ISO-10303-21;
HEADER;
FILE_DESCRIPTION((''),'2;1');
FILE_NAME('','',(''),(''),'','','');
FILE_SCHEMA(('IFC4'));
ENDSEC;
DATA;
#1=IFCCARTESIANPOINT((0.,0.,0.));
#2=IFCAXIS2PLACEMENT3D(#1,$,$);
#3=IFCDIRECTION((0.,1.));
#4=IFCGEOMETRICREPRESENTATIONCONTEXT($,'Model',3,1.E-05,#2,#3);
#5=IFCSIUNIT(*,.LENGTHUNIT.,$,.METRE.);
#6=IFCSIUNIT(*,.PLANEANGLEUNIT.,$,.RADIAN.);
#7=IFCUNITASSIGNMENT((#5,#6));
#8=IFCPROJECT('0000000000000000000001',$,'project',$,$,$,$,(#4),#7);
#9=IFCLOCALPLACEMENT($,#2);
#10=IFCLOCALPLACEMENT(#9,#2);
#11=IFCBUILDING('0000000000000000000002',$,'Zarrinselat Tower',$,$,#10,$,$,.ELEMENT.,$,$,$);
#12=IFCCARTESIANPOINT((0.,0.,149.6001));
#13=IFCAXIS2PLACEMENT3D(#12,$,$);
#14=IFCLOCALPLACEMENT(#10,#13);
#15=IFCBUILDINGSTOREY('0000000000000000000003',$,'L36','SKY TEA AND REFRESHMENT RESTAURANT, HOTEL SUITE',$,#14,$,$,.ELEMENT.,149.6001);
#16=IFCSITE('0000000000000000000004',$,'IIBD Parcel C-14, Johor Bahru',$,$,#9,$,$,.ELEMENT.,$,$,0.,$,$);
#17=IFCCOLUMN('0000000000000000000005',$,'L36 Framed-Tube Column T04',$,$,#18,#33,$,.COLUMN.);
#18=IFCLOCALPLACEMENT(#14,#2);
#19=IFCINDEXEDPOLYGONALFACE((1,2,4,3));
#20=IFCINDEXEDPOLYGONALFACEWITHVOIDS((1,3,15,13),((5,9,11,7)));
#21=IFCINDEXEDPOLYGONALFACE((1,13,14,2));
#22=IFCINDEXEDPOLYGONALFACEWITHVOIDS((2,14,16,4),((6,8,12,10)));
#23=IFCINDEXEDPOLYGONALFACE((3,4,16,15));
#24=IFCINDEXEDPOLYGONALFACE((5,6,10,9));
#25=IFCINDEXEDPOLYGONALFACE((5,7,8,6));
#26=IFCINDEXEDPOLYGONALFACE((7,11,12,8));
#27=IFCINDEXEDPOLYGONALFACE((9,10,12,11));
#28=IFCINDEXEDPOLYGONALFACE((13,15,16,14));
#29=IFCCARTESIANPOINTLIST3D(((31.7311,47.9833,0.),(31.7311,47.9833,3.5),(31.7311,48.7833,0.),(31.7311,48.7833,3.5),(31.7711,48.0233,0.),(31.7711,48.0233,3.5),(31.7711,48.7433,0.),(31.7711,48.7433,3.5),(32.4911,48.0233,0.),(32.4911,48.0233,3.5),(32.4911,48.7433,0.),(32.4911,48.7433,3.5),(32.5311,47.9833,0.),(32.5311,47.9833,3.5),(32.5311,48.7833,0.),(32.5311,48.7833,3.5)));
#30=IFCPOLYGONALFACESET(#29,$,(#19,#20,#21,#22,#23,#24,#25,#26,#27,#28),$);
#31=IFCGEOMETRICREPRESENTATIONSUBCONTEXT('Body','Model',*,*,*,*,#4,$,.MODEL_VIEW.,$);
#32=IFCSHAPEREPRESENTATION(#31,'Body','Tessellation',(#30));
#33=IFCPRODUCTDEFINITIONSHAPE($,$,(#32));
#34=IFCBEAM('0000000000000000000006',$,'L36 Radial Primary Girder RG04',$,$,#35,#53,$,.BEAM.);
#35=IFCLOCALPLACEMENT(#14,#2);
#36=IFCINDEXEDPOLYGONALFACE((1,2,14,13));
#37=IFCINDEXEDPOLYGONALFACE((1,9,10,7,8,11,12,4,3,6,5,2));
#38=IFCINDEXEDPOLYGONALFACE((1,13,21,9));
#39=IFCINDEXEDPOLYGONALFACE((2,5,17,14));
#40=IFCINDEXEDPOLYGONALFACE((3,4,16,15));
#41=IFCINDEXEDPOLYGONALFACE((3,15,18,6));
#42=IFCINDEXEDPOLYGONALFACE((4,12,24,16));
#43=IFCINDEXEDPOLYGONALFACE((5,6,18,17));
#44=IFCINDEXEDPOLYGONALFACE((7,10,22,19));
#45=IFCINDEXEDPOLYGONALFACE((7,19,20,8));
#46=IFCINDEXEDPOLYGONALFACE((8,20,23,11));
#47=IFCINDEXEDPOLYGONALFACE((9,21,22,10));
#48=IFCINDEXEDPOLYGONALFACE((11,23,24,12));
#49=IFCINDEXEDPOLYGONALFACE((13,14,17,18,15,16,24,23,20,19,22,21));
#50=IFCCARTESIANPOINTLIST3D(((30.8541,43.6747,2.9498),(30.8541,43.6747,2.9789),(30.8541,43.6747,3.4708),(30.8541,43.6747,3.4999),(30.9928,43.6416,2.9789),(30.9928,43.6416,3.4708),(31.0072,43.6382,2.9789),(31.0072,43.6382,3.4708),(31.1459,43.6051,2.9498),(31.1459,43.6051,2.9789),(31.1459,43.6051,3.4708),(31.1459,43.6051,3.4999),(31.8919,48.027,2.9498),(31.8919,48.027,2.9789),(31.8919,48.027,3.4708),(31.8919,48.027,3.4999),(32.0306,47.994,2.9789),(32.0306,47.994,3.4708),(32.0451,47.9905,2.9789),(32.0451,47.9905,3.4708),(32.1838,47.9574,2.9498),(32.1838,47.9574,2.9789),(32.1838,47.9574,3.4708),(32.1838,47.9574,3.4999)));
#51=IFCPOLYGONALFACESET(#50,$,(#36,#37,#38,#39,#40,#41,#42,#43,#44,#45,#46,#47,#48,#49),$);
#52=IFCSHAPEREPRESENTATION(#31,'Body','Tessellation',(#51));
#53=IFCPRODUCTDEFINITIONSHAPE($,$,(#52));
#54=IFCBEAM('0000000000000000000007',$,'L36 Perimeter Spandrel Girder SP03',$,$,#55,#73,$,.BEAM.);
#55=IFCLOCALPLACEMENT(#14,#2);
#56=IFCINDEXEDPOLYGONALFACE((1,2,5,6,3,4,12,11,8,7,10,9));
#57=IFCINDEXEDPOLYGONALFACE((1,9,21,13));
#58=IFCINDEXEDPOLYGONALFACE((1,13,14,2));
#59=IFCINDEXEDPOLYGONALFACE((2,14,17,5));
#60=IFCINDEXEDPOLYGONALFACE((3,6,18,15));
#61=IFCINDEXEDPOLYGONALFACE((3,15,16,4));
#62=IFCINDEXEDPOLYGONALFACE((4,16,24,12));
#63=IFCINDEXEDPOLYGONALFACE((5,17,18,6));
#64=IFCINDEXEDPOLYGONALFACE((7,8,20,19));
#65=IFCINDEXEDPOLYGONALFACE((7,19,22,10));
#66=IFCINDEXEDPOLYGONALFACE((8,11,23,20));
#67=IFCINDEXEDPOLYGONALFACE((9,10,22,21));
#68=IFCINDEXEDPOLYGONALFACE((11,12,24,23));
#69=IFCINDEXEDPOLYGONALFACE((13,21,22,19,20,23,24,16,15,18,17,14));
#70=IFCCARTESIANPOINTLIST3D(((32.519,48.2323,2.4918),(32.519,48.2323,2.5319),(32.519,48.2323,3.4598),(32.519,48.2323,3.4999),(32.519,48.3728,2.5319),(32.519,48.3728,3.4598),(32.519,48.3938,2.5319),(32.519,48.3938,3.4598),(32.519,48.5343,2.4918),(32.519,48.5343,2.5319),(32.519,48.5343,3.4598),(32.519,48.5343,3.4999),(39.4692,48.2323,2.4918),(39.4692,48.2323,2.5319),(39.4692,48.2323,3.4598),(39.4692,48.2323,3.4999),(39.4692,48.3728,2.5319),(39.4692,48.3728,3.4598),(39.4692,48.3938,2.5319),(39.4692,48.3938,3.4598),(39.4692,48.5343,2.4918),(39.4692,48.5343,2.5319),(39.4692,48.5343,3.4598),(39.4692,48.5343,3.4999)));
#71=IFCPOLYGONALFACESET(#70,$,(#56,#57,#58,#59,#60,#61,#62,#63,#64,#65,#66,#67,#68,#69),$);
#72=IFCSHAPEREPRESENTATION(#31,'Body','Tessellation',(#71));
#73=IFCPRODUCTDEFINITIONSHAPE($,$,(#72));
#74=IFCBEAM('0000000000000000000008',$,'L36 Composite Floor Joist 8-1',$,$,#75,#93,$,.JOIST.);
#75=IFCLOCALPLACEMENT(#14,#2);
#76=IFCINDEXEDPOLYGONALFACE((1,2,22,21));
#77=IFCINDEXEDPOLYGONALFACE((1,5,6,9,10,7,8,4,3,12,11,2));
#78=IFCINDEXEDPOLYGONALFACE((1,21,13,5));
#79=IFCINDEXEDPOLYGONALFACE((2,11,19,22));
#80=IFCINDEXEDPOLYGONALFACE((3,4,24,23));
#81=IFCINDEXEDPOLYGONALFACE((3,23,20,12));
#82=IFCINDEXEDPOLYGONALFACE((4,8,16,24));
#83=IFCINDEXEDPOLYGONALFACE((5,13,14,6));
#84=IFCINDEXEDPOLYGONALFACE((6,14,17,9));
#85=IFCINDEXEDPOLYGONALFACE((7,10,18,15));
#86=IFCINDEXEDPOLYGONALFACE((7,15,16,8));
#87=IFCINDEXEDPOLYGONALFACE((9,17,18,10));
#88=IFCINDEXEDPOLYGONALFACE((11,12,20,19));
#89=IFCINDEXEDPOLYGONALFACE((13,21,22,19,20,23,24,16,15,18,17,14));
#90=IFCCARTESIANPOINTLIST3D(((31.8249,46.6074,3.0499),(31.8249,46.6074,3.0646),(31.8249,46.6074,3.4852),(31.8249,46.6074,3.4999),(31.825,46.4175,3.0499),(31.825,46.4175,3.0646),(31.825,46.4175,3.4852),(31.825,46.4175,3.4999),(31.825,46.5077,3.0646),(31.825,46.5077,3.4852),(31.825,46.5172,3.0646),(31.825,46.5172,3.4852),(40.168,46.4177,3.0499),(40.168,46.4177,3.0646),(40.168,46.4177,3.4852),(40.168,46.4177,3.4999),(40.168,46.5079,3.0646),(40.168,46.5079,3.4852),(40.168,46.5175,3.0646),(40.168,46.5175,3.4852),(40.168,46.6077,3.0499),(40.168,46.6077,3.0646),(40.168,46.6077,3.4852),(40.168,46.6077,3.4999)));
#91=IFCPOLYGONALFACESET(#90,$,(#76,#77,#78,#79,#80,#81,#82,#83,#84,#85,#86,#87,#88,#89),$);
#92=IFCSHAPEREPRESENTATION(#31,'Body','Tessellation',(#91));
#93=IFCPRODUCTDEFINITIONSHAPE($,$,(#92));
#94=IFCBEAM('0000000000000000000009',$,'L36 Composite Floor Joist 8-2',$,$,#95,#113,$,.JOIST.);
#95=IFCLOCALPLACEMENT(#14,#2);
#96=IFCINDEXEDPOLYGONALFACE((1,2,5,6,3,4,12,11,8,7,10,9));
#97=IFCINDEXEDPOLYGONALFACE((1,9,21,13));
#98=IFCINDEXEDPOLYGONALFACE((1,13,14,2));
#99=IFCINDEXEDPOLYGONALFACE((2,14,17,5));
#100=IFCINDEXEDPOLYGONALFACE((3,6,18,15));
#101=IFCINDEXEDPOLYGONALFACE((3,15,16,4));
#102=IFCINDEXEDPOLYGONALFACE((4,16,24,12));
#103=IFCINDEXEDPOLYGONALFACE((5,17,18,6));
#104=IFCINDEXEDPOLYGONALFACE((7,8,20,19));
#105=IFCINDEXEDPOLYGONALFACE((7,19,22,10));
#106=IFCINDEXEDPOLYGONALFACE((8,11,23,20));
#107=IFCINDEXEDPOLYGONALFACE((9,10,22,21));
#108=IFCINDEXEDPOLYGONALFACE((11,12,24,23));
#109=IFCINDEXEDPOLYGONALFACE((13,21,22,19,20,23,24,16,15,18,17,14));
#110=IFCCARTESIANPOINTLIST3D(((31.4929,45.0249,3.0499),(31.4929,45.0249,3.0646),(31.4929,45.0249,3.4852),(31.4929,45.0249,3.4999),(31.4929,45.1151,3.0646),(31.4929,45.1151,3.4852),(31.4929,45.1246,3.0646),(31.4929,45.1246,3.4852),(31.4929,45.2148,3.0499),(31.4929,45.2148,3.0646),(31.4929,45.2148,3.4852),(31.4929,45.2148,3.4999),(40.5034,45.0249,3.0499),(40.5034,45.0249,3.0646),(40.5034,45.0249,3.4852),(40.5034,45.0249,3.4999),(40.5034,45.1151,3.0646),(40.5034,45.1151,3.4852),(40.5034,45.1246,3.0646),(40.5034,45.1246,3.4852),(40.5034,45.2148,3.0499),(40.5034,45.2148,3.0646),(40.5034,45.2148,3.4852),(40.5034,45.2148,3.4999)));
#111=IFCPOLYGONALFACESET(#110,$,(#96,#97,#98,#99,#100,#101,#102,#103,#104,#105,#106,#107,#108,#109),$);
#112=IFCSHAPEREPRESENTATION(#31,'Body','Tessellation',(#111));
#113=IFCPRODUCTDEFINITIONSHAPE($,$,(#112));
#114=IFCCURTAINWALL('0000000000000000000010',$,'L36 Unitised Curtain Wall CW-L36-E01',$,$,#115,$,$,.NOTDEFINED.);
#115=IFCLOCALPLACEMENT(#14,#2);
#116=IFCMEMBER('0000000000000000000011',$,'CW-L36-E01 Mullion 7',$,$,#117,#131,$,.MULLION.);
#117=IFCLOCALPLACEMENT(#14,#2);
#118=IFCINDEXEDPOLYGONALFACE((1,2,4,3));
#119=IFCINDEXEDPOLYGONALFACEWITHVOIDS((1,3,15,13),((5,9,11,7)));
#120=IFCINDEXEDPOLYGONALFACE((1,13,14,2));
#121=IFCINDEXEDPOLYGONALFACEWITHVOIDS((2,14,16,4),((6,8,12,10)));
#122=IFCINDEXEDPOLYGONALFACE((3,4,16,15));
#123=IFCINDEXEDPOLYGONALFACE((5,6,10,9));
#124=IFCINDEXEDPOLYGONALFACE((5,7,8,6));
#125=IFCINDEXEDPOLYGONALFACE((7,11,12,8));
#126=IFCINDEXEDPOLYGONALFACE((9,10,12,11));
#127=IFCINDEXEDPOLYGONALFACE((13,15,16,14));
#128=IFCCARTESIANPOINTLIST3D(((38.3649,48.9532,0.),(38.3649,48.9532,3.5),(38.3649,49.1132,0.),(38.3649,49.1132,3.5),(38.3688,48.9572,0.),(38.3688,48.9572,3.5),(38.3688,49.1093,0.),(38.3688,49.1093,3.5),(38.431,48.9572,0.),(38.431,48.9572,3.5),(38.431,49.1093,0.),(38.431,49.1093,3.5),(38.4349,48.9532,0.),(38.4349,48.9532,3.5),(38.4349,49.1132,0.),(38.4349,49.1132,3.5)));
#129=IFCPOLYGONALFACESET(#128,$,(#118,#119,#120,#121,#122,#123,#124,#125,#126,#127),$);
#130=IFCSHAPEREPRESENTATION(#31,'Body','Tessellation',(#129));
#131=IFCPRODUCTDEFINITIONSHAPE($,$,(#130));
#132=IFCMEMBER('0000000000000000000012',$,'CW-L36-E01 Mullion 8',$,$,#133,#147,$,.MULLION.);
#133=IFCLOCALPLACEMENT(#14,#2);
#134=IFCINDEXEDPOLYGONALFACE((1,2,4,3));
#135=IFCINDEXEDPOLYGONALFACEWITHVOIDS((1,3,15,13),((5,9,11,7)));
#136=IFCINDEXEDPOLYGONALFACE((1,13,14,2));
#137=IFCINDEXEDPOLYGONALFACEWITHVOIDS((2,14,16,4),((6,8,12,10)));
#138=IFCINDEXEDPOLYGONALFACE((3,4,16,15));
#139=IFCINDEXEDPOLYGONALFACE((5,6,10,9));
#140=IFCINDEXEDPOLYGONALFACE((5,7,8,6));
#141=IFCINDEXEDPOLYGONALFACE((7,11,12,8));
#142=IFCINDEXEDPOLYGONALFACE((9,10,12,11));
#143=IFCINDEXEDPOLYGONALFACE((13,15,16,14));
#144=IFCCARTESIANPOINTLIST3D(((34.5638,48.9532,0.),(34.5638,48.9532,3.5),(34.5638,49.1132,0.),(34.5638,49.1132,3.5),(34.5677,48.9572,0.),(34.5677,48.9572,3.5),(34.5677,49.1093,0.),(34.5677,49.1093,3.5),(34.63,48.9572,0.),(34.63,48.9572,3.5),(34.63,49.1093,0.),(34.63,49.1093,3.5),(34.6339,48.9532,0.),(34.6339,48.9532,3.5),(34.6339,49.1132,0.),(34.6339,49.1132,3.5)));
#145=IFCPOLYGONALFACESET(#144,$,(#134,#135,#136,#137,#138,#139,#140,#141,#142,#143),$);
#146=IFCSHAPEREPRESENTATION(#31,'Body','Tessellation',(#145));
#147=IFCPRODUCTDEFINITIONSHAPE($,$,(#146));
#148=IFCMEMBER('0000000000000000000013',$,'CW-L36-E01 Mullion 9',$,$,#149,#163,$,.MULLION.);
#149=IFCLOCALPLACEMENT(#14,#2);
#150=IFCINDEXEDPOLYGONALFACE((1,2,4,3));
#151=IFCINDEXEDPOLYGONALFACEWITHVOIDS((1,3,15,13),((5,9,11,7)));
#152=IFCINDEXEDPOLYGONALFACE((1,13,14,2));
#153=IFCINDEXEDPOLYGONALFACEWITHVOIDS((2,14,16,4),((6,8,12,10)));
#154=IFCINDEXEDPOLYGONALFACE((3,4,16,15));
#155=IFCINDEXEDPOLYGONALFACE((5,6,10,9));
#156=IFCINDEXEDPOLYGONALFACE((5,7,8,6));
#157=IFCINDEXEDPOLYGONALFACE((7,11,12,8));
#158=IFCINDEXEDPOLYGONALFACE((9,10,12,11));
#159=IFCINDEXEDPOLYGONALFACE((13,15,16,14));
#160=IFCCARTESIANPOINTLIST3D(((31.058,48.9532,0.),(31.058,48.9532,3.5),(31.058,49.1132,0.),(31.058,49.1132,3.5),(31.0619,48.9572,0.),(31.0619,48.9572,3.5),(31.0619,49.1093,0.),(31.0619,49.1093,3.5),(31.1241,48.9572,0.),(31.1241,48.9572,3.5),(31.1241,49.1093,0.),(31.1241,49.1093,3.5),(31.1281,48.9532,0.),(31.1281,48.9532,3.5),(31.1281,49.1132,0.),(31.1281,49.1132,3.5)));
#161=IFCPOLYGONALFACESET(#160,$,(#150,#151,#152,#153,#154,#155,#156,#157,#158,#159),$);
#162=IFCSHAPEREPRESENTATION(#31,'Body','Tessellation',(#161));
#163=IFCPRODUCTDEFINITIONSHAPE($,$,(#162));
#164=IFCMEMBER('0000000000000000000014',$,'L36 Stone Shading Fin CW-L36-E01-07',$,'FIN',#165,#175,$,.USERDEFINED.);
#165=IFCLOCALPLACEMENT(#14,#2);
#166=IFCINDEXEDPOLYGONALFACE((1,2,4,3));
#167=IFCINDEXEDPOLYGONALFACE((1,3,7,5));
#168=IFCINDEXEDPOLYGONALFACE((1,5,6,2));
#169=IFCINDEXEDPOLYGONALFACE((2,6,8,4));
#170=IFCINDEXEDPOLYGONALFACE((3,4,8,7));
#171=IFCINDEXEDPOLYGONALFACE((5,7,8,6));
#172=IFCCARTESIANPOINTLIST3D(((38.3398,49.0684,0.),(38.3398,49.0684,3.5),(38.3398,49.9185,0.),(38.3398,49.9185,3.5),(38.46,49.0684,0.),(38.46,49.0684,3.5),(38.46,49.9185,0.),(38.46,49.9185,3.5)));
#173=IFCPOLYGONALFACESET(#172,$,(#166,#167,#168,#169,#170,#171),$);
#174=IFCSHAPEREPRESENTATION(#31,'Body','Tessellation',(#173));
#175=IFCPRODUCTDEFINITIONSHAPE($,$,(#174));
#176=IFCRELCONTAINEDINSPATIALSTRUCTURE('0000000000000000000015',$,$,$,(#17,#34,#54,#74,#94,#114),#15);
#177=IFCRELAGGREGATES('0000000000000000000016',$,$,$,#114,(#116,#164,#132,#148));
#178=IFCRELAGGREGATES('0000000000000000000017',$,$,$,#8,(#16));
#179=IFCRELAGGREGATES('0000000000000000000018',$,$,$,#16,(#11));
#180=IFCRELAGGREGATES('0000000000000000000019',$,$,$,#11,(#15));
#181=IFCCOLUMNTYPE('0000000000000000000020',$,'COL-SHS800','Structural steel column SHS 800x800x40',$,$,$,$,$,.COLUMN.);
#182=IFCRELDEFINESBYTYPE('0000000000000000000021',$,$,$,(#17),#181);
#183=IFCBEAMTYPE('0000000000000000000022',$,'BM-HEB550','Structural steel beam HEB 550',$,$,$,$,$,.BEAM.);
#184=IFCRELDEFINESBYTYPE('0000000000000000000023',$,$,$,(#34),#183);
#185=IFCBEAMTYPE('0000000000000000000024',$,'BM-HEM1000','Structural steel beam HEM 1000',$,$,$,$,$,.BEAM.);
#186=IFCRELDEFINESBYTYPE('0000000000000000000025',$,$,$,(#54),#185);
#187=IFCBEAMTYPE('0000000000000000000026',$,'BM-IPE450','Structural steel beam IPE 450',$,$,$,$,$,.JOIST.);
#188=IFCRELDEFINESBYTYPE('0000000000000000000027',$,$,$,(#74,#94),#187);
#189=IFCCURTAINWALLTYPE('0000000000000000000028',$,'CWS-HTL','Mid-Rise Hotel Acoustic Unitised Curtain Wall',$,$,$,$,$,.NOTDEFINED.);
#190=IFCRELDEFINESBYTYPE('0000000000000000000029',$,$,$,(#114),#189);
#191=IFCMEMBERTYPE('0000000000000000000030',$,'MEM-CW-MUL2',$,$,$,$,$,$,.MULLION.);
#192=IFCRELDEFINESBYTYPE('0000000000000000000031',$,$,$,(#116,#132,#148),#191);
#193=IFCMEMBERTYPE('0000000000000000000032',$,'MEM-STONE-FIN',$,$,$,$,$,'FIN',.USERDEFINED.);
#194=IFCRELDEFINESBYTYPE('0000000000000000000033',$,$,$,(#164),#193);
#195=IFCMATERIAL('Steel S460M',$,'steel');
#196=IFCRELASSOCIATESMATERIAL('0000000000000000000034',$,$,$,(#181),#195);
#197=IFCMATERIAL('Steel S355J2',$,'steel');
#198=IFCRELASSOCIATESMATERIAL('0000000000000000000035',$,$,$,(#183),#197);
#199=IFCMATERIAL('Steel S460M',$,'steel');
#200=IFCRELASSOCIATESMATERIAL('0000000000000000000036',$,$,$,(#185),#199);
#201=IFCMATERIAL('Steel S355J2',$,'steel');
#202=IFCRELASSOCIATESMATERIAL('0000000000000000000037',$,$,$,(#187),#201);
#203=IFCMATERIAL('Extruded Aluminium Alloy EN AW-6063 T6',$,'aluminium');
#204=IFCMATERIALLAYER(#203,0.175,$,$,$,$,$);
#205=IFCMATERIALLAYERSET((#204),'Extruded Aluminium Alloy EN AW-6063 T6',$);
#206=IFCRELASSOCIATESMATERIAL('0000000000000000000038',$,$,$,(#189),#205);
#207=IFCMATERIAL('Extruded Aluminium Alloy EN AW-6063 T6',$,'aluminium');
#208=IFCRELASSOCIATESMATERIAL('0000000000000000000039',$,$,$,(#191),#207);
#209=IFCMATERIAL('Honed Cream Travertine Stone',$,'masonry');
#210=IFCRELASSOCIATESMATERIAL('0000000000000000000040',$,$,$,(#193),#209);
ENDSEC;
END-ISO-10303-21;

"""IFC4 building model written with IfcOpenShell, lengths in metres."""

from ifc_helpers import new_model, si_unit, direction, frame, origin, origin_2d, place, context, subcontext, project, spatial, rectangle, hollow_rectangle, i_section, extrude, material, layer, layer_set, material_profile, profile_set, type_object, element, aggregate, save


model = new_model("IFC4")

# Units and contexts
model_context = context("Model", 3, precision=1e-05, world=origin(), true_north=direction((0.0, 1.0)))
body_context = subcontext(model_context, "Body", "Model", "MODEL_VIEW")
ifc_project = project(units=[si_unit("LENGTHUNIT", "METRE"), si_unit("PLANEANGLEUNIT", "RADIAN")], contexts=[model_context])

# Site, building, storey
site_placement = place(None, origin())
site = spatial("IfcSite", under=ifc_project, at=site_placement, Name="IIBD Parcel C-14, Johor Bahru", CompositionType="ELEMENT", RefElevation=0.0)
building_placement = place(site_placement, origin())
building = spatial("IfcBuilding", under=site, at=building_placement, Name="Zarrinselat Tower", CompositionType="ELEMENT")
storey_placement = place(building_placement, frame((0.0, 0.0, 149.6001)))
storey = spatial("IfcBuildingStorey", under=building, at=storey_placement, Name="L36", Description="SKY TEA AND REFRESHMENT RESTAURANT, HOTEL SUITE", CompositionType="ELEMENT", Elevation=149.6001)

# Column
ifc_material_1 = material(Name="Steel S460M", Category="steel")
ifc_material_profile_1 = material_profile(ifc_material_1, hollow_rectangle(XDim=0.8, YDim=0.8, WallThickness=0.04, at=origin_2d()), Name="SHS 800x800x40")
ifc_profile_set_1 = profile_set([ifc_material_profile_1], Name="Steel S460M")
column_type = type_object("IfcColumnType", Name="COL-SHS800", Description="Structural steel column SHS 800x800x40", PredefinedType="COLUMN", material=ifc_profile_set_1)
column_placement = place(storey_placement, frame((32.1311, 48.3833, 0.0), z_axis=(0.0, 0.0, 1.0), x_axis=(1.0, 0.0, 0.0)))
element("IfcColumn", 1, at=column_placement, inside=storey, type_object=column_type, Name="L36 Framed-Tube Column T04", PredefinedType="COLUMN", context=body_context, shape_type="SweptSolid", body=[
    extrude(hollow_rectangle(XDim=0.8, YDim=0.8, WallThickness=0.04, at=origin_2d()), origin(), (0.0, 0.0, 1.0), 3.5),
])

# Beams
ifc_material_2 = material(Name="Steel S355J2", Category="steel")
ifc_material_profile_2 = material_profile(ifc_material_2, i_section(OverallWidth=0.3, OverallDepth=0.55, WebThickness=0.0149, FlangeThickness=0.0291, at=origin_2d()), Name="HEB 550")
ifc_profile_set_2 = profile_set([ifc_material_profile_2], Name="Steel S355J2")
beam_type_1 = type_object("IfcBeamType", Name="BM-HEB550", Description="Structural steel beam HEB 550", PredefinedType="BEAM", material=ifc_profile_set_2)
beam_1_placement = place(storey_placement, frame((31.0, 43.6399, 3.2249), z_axis=(0.231955, 0.972727, 0.0), x_axis=(-0.972727, 0.231955, 0.0)))
element("IfcBeam", 2, at=beam_1_placement, inside=storey, type_object=beam_type_1, Name="L36 Radial Primary Girder RG04", PredefinedType="BEAM", context=body_context, shape_type="SweptSolid", body=[
    extrude(i_section(OverallWidth=0.3, OverallDepth=0.55, WebThickness=0.0149, FlangeThickness=0.0291, at=origin_2d()), origin(), (0.0, 0.0, 1.0), 4.4744),
])
ifc_material_3 = material(Name="Steel S460M", Category="steel")
ifc_material_profile_3 = material_profile(ifc_material_3, i_section(OverallWidth=0.302, OverallDepth=1.0081, WebThickness=0.021, FlangeThickness=0.04, at=origin_2d()), Name="HEM 1000")
ifc_profile_set_3 = profile_set([ifc_material_profile_3], Name="Steel S460M")
beam_type_2 = type_object("IfcBeamType", Name="BM-HEM1000", Description="Structural steel beam HEM 1000", PredefinedType="BEAM", material=ifc_profile_set_3)
beam_2_placement = place(storey_placement, frame((32.519, 48.3833, 2.9958), z_axis=(1.0, 0.0, 0.0), x_axis=(0.0, 1.0, 0.0)))
element("IfcBeam", 3, at=beam_2_placement, inside=storey, type_object=beam_type_2, Name="L36 Perimeter Spandrel Girder SP03", PredefinedType="BEAM", context=body_context, shape_type="SweptSolid", body=[
    extrude(i_section(OverallWidth=0.302, OverallDepth=1.0081, WebThickness=0.021, FlangeThickness=0.04, at=origin_2d()), origin(), (0.0, 0.0, 1.0), 6.9502),
])
ifc_material_4 = material(Name="Steel S355J2", Category="steel")
ifc_material_profile_4 = material_profile(ifc_material_4, i_section(OverallWidth=0.1899, OverallDepth=0.45, WebThickness=0.0095, FlangeThickness=0.0146, at=origin_2d()), Name="IPE 450")
ifc_profile_set_4 = profile_set([ifc_material_profile_4], Name="Steel S355J2")
beam_type_3 = type_object("IfcBeamType", Name="BM-IPE450", Description="Structural steel beam IPE 450", PredefinedType="JOIST", material=ifc_profile_set_4)
beam_3_placement = place(storey_placement, frame((31.825, 46.5125, 3.2749), z_axis=(1.0, 0.000029, 0.0), x_axis=(-0.000029, 1.0, 0.0)))
element("IfcBeam", 4, at=beam_3_placement, inside=storey, type_object=beam_type_3, Name="L36 Composite Floor Joist 8-1", PredefinedType="JOIST", context=body_context, shape_type="SweptSolid", body=[
    extrude(i_section(OverallWidth=0.1899, OverallDepth=0.45, WebThickness=0.0095, FlangeThickness=0.0146, at=origin_2d()), origin(), (0.0, 0.0, 1.0), 8.343),
])
beam_4_placement = place(storey_placement, frame((31.4929, 45.1199, 3.2749), z_axis=(1.0, 0.0, 0.0), x_axis=(0.0, 1.0, 0.0)))
element("IfcBeam", 5, at=beam_4_placement, inside=storey, type_object=beam_type_3, Name="L36 Composite Floor Joist 8-2", PredefinedType="JOIST", context=body_context, shape_type="SweptSolid", body=[
    extrude(i_section(OverallWidth=0.1899, OverallDepth=0.45, WebThickness=0.0095, FlangeThickness=0.0146, at=origin_2d()), origin(), (0.0, 0.0, 1.0), 9.0105),
])

# Curtain wall, members
ifc_material_5 = material(Name="Extruded Aluminium Alloy EN AW-6063 T6", Category="aluminium")
ifc_layer_1 = layer(ifc_material_5, 0.175)
ifc_layer_set_1 = layer_set([ifc_layer_1], Name="Extruded Aluminium Alloy EN AW-6063 T6")
curtain_wall_type = type_object("IfcCurtainWallType", Name="CWS-HTL", Description="Mid-Rise Hotel Acoustic Unitised Curtain Wall", PredefinedType="NOTDEFINED", material=ifc_layer_set_1)
curtain_wall_placement = place(storey_placement, origin())
curtain_wall = element("IfcCurtainWall", 6, at=curtain_wall_placement, inside=storey, type_object=curtain_wall_type, Name="L36 Unitised Curtain Wall CW-L36-E01", PredefinedType="NOTDEFINED")
ifc_material_6 = material(Name="Extruded Aluminium Alloy EN AW-6063 T6", Category="aluminium")
ifc_material_profile_5 = material_profile(ifc_material_6, hollow_rectangle(XDim=0.0701, YDim=0.1599, WallThickness=0.0039, at=origin_2d()), Name="RHS 160x70x4")
ifc_profile_set_5 = profile_set([ifc_material_profile_5], Name="Extruded Aluminium Alloy EN AW-6063 T6")
member_type_1 = type_object("IfcMemberType", Name="MEM-CW-MUL2", PredefinedType="MULLION", material=ifc_profile_set_5)
member_1_placement = place(storey_placement, frame((38.3999, 49.0332, 0.0), z_axis=(0.0, 0.0, 1.0), x_axis=(-1.0, 0.0, 0.0)))
member_1 = element("IfcMember", 7, at=member_1_placement, type_object=member_type_1, Name="CW-L36-E01 Mullion 7", PredefinedType="MULLION", context=body_context, shape_type="SweptSolid", body=[
    extrude(hollow_rectangle(XDim=0.0701, YDim=0.1599, WallThickness=0.0039, at=origin_2d()), origin(), (0.0, 0.0, 1.0), 3.5),
])
member_2_placement = place(storey_placement, frame((34.5989, 49.0332, 0.0), z_axis=(0.0, 0.0, 1.0), x_axis=(-1.0, 0.0, 0.0)))
member_2 = element("IfcMember", 8, at=member_2_placement, type_object=member_type_1, Name="CW-L36-E01 Mullion 8", PredefinedType="MULLION", context=body_context, shape_type="SweptSolid", body=[
    extrude(hollow_rectangle(XDim=0.0701, YDim=0.1599, WallThickness=0.0039, at=origin_2d()), origin(), (0.0, 0.0, 1.0), 3.5),
])
member_3_placement = place(storey_placement, frame((31.093, 49.0332, 0.0), z_axis=(0.0, 0.0, 1.0), x_axis=(-1.0, 0.0, 0.0)))
member_3 = element("IfcMember", 9, at=member_3_placement, type_object=member_type_1, Name="CW-L36-E01 Mullion 9", PredefinedType="MULLION", context=body_context, shape_type="SweptSolid", body=[
    extrude(hollow_rectangle(XDim=0.0701, YDim=0.1599, WallThickness=0.0039, at=origin_2d()), origin(), (0.0, 0.0, 1.0), 3.5),
])
ifc_material_7 = material(Name="Honed Cream Travertine Stone", Category="masonry")
ifc_material_profile_6 = material_profile(ifc_material_7, rectangle(XDim=0.1201, YDim=0.8501, at=origin_2d()), Name="FIN 850x120")
ifc_profile_set_6 = profile_set([ifc_material_profile_6], Name="Honed Cream Travertine Stone")
member_type_2 = type_object("IfcMemberType", Name="MEM-STONE-FIN", ElementType="FIN", PredefinedType="USERDEFINED", material=ifc_profile_set_6)
member_4_placement = place(storey_placement, frame((38.3999, 49.4934, 0.0), z_axis=(0.0, 0.0, 1.0), x_axis=(1.0, 0.0, 0.0)))
member_4 = element("IfcMember", 10, at=member_4_placement, type_object=member_type_2, Name="L36 Stone Shading Fin CW-L36-E01-07", ObjectType="FIN", PredefinedType="USERDEFINED", context=body_context, shape_type="SweptSolid", body=[
    extrude(rectangle(XDim=0.1201, YDim=0.8501, at=origin_2d()), origin(), (0.0, 0.0, 1.0), 3.5),
])
aggregate(curtain_wall, [member_1, member_4, member_2, member_3])

save(model, "model.ifc")
